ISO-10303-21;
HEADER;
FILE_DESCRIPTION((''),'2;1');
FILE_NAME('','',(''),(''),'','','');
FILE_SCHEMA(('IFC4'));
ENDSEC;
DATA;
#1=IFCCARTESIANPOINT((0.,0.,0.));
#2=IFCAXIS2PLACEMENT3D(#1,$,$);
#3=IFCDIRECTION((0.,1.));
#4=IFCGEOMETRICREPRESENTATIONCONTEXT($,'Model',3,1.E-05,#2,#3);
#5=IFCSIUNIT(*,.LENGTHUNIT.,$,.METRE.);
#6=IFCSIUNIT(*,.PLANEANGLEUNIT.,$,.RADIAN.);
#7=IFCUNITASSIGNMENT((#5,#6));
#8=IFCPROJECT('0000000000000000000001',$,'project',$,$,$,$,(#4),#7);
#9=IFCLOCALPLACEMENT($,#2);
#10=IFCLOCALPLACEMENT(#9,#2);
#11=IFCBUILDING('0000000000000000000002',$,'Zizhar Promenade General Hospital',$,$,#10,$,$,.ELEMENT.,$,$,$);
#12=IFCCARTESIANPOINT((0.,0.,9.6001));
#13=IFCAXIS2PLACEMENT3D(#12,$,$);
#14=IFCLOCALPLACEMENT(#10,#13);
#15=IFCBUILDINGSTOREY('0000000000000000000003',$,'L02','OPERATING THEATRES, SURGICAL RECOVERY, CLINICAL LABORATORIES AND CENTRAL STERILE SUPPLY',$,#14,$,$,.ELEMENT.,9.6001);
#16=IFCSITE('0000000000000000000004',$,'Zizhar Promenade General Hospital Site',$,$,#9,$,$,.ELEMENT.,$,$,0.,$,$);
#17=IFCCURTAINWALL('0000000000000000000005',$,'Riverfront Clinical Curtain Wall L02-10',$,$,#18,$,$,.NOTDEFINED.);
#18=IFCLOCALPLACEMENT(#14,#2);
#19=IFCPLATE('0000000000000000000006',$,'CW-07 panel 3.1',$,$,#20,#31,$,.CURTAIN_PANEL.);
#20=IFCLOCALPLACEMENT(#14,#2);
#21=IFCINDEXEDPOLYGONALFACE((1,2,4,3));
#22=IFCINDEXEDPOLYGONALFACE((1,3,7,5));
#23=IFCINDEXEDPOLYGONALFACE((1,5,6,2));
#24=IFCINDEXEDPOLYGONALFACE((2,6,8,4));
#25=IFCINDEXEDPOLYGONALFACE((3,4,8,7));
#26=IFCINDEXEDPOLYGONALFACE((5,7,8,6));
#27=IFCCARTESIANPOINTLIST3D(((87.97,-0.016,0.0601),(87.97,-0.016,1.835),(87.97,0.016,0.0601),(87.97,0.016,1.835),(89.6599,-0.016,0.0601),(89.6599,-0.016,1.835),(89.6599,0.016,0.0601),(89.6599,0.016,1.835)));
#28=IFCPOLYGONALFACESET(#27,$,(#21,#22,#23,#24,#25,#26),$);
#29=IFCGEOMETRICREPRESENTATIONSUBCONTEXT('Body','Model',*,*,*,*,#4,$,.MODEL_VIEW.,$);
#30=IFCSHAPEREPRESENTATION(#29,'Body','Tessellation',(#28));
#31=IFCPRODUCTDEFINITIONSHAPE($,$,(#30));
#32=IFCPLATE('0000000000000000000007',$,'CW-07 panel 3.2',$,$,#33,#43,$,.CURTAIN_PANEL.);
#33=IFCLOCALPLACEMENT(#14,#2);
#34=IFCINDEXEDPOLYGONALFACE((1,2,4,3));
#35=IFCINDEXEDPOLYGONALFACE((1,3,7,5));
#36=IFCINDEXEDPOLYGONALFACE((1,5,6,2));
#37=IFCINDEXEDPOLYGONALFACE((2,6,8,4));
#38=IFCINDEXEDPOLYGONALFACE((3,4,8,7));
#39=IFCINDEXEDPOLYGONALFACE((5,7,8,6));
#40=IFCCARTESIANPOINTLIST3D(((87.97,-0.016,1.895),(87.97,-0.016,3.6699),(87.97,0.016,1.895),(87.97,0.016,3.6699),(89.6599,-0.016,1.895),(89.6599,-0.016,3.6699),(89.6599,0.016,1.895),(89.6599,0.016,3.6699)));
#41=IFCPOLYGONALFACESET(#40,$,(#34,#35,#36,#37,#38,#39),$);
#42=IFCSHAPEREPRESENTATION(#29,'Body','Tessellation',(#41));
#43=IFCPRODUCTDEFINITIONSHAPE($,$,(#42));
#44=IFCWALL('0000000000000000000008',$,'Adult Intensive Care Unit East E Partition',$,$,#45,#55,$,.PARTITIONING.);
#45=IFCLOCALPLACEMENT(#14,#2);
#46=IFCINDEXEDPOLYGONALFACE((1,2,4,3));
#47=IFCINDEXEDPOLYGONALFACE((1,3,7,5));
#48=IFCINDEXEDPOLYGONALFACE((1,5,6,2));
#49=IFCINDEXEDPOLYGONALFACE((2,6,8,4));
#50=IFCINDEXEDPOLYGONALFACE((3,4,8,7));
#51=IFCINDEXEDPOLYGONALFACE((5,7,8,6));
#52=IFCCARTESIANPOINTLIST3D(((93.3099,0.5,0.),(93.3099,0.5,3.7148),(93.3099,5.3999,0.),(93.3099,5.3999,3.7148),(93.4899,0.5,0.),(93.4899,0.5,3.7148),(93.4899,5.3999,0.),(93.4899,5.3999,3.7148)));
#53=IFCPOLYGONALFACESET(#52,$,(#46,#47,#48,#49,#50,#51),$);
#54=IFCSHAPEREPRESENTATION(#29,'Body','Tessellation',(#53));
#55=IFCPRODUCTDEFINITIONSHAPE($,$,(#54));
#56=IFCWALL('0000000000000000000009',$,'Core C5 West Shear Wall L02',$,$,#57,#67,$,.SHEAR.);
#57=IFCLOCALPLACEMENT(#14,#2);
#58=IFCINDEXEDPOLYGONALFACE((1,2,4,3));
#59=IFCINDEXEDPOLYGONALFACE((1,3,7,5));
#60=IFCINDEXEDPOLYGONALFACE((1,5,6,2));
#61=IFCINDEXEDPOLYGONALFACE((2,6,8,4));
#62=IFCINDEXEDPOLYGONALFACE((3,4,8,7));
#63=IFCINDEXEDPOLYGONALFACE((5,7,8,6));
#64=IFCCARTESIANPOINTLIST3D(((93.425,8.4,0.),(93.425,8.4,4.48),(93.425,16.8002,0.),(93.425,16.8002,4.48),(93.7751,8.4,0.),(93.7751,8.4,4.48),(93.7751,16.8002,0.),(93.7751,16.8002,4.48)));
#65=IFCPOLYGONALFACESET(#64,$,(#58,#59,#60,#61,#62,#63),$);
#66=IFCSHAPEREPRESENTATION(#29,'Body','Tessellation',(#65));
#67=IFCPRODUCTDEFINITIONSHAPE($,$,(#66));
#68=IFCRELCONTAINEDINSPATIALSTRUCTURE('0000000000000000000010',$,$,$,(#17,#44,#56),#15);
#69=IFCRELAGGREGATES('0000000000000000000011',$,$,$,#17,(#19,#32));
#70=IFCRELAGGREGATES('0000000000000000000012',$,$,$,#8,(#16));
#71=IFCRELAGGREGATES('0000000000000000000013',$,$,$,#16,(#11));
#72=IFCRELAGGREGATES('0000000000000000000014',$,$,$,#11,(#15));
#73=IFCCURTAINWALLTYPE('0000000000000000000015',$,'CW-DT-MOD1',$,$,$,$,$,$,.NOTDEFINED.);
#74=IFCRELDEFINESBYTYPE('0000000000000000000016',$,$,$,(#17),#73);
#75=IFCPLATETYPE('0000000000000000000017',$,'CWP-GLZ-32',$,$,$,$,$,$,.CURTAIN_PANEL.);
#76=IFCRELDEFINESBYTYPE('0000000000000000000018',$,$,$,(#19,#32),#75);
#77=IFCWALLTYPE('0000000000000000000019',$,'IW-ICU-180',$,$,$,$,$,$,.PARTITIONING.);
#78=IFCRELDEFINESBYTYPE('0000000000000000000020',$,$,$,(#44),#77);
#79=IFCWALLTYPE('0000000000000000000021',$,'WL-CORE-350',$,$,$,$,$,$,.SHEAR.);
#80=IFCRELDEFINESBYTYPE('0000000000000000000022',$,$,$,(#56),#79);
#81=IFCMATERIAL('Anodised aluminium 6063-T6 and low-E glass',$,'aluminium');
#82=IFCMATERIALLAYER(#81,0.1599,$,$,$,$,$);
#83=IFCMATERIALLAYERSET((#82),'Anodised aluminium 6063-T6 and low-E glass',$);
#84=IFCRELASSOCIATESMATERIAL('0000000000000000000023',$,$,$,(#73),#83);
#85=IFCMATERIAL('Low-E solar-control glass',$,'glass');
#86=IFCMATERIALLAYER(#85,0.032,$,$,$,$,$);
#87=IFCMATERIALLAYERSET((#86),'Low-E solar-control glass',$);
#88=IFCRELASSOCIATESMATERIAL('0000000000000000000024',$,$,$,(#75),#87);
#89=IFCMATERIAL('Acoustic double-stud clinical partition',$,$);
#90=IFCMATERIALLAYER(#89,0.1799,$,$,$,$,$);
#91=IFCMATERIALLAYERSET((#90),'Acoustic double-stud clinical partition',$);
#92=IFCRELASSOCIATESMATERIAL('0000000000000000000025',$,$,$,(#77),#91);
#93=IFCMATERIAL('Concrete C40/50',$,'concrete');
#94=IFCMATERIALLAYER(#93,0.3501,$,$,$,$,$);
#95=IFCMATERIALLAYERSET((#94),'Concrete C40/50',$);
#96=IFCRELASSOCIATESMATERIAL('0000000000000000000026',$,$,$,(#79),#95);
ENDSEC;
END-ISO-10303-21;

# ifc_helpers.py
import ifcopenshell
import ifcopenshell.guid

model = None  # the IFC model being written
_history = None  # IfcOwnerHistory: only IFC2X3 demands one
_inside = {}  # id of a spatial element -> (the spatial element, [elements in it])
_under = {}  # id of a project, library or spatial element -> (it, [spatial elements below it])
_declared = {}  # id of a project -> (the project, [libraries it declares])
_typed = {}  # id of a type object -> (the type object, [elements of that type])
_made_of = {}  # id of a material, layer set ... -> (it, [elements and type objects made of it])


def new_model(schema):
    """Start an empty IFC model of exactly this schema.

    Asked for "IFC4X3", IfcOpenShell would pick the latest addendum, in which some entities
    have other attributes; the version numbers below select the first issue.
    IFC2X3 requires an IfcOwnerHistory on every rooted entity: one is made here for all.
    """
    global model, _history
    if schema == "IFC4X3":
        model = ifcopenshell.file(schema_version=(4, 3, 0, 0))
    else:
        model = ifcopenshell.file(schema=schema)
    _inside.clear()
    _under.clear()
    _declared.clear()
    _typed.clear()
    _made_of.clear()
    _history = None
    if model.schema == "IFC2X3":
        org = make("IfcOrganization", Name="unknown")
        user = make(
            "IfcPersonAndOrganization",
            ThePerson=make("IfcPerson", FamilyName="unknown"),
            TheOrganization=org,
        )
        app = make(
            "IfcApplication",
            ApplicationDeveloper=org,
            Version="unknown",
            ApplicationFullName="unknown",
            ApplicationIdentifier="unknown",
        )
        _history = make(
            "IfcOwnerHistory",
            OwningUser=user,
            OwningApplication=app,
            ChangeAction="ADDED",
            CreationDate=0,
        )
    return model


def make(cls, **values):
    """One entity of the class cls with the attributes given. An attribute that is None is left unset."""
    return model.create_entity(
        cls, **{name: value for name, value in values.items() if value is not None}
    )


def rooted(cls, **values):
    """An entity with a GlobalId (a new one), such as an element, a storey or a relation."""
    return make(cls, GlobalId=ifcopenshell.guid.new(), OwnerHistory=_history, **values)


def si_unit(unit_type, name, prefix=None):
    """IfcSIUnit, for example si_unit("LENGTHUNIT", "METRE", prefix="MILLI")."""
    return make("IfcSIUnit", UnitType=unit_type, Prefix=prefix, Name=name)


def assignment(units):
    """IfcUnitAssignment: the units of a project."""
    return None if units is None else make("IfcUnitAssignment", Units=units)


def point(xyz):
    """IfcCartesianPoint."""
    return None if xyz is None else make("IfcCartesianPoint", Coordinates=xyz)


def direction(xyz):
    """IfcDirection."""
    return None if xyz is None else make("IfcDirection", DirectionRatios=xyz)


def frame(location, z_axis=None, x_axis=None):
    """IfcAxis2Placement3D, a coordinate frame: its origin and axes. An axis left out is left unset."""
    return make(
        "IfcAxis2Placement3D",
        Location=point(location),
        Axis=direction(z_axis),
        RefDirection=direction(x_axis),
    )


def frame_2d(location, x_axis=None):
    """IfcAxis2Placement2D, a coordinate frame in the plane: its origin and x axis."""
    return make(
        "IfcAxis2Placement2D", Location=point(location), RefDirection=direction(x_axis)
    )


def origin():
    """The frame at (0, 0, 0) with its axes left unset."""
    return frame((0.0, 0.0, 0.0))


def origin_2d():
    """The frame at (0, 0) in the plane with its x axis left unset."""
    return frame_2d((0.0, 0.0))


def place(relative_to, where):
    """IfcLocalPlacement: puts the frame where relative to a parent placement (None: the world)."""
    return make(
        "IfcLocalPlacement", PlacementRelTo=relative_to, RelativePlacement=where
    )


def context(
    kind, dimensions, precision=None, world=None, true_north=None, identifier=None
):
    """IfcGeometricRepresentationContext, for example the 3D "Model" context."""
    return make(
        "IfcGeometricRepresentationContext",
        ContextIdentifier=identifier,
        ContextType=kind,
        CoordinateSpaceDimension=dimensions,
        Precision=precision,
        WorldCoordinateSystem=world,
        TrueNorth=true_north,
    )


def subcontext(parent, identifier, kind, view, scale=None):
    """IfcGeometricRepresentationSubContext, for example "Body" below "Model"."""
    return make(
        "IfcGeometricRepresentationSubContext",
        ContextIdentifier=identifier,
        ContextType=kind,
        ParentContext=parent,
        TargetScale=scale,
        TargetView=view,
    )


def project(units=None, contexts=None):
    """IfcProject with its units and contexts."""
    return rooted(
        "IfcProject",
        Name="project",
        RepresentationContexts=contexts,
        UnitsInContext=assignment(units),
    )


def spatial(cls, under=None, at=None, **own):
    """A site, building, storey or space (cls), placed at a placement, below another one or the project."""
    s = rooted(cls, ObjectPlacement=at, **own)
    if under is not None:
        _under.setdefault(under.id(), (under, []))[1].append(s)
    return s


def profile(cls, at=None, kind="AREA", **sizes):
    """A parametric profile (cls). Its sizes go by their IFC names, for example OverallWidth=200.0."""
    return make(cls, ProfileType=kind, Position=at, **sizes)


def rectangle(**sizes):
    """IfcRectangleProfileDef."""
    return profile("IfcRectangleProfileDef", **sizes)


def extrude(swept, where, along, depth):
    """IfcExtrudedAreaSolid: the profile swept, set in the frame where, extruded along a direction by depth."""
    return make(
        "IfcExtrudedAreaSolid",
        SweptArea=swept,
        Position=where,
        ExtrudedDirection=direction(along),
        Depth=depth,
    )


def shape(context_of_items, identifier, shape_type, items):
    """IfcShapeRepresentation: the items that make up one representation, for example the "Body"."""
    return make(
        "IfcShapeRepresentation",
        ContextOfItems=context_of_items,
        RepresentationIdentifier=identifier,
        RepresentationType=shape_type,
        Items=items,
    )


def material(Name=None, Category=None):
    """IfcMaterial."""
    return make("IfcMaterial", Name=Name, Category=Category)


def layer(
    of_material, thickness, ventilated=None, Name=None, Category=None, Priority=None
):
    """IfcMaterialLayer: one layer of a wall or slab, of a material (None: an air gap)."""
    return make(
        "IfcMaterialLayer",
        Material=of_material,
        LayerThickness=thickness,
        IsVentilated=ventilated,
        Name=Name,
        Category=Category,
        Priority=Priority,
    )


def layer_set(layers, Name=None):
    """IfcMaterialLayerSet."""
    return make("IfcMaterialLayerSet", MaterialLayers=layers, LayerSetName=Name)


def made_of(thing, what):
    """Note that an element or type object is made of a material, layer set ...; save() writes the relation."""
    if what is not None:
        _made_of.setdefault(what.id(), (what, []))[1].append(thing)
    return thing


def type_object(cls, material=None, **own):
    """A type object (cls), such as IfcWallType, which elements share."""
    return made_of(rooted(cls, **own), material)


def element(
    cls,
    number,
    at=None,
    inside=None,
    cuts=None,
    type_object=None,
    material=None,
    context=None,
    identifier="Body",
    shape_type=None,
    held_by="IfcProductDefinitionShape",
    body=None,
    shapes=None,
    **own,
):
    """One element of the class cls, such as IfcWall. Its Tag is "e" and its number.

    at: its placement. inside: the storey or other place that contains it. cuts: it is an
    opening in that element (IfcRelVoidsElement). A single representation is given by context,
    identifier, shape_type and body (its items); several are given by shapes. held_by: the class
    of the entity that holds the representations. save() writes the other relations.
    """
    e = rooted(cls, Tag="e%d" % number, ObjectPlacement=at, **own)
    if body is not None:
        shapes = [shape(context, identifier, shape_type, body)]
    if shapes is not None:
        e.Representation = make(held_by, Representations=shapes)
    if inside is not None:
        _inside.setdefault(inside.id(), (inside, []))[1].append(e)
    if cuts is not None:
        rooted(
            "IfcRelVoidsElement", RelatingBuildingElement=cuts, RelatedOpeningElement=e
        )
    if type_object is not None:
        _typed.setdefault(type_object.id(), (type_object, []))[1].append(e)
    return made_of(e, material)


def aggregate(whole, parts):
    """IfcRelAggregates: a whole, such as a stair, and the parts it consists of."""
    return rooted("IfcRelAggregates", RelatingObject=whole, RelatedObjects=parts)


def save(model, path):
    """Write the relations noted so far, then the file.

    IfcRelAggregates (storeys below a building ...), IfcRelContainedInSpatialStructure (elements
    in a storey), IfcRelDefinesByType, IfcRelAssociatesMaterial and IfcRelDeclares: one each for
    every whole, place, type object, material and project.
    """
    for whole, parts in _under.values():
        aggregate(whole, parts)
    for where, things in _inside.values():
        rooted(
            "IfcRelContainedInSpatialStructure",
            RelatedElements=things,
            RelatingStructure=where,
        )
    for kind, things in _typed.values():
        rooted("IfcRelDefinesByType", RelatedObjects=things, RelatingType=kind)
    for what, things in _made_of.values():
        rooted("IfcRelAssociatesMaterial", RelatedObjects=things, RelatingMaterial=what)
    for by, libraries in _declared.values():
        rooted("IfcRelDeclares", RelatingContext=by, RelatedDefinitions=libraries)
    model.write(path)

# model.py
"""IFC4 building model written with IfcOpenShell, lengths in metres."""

from ifc_helpers import new_model, si_unit, direction, frame, frame_2d, origin, origin_2d, place, context, subcontext, project, spatial, rectangle, extrude, material, layer, layer_set, type_object, element, aggregate, save


model = new_model("IFC4")

# Units and contexts
model_context = context("Model", 3, precision=1e-05, world=origin(), true_north=direction((0.0, 1.0)))
body_context = subcontext(model_context, "Body", "Model", "MODEL_VIEW")
ifc_project = project(units=[si_unit("LENGTHUNIT", "METRE"), si_unit("PLANEANGLEUNIT", "RADIAN")], contexts=[model_context])

# Site, building, storey
site_placement = place(None, origin())
site = spatial("IfcSite", under=ifc_project, at=site_placement, Name="Zizhar Promenade General Hospital Site", CompositionType="ELEMENT", RefElevation=0.0)
building_placement = place(site_placement, origin())
building = spatial("IfcBuilding", under=site, at=building_placement, Name="Zizhar Promenade General Hospital", CompositionType="ELEMENT")
storey_placement = place(building_placement, frame((0.0, 0.0, 9.6001)))
storey = spatial("IfcBuildingStorey", under=building, at=storey_placement, Name="L02", Description="OPERATING THEATRES, SURGICAL RECOVERY, CLINICAL LABORATORIES AND CENTRAL STERILE SUPPLY", CompositionType="ELEMENT", Elevation=9.6001)

# Curtain wall, plates
ifc_material_1 = material(Name="Anodised aluminium 6063-T6 and low-E glass", Category="aluminium")
ifc_layer_1 = layer(ifc_material_1, 0.1599)
ifc_layer_set_1 = layer_set([ifc_layer_1], Name="Anodised aluminium 6063-T6 and low-E glass")
curtain_wall_type = type_object("IfcCurtainWallType", Name="CW-DT-MOD1", PredefinedType="NOTDEFINED", material=ifc_layer_set_1)
curtain_wall_placement = place(storey_placement, origin())
curtain_wall = element("IfcCurtainWall", 1, at=curtain_wall_placement, inside=storey, type_object=curtain_wall_type, Name="Riverfront Clinical Curtain Wall L02-10", PredefinedType="NOTDEFINED")
ifc_material_2 = material(Name="Low-E solar-control glass", Category="glass")
ifc_layer_2 = layer(ifc_material_2, 0.032)
ifc_layer_set_2 = layer_set([ifc_layer_2], Name="Low-E solar-control glass")
plate_type = type_object("IfcPlateType", Name="CWP-GLZ-32", PredefinedType="CURTAIN_PANEL", material=ifc_layer_set_2)
plate_1_placement = place(storey_placement, frame((88.8149, 0.0, 0.0601), z_axis=(0.0, 0.0, 1.0), x_axis=(-1.0, 0.0, 0.0)))
plate_1 = element("IfcPlate", 2, at=plate_1_placement, type_object=plate_type, Name="CW-07 panel 3.1", PredefinedType="CURTAIN_PANEL", context=body_context, shape_type="SweptSolid", body=[
    extrude(rectangle(XDim=1.6899, YDim=0.032, at=origin_2d()), origin(), (0.0, 0.0, 1.0), 1.7749),
])
plate_2_placement = place(storey_placement, frame((88.8149, 0.0, 1.895), z_axis=(0.0, 0.0, 1.0), x_axis=(-1.0, 0.0, 0.0)))
plate_2 = element("IfcPlate", 3, at=plate_2_placement, type_object=plate_type, Name="CW-07 panel 3.2", PredefinedType="CURTAIN_PANEL", context=body_context, shape_type="SweptSolid", body=[
    extrude(rectangle(XDim=1.6899, YDim=0.032, at=origin_2d()), origin(), (0.0, 0.0, 1.0), 1.7749),
])
aggregate(curtain_wall, [plate_1, plate_2])

# Walls
ifc_material_3 = material(Name="Acoustic double-stud clinical partition")
ifc_layer_3 = layer(ifc_material_3, 0.1799)
ifc_layer_set_3 = layer_set([ifc_layer_3], Name="Acoustic double-stud clinical partition")
wall_type_1 = type_object("IfcWallType", Name="IW-ICU-180", PredefinedType="PARTITIONING", material=ifc_layer_set_3)
wall_1_placement = place(storey_placement, frame((93.3999, 0.5, 0.0), z_axis=(0.0, 0.0, 1.0), x_axis=(0.0, 1.0, 0.0)))
element("IfcWall", 4, at=wall_1_placement, inside=storey, type_object=wall_type_1, Name="Adult Intensive Care Unit East E Partition", PredefinedType="PARTITIONING", context=body_context, shape_type="SweptSolid", body=[
    extrude(rectangle(XDim=4.8999, YDim=0.1799, at=frame_2d((2.45, 0.0))), origin(), (0.0, 0.0, 1.0), 3.7148),
])
ifc_material_4 = material(Name="Concrete C40/50", Category="concrete")
ifc_layer_4 = layer(ifc_material_4, 0.3501)
ifc_layer_set_4 = layer_set([ifc_layer_4], Name="Concrete C40/50")
wall_type_2 = type_object("IfcWallType", Name="WL-CORE-350", PredefinedType="SHEAR", material=ifc_layer_set_4)
wall_2_placement = place(storey_placement, frame((93.6001, 8.3999, 0.0), z_axis=(0.0, 0.0, 1.0), x_axis=(0.0, 1.0, 0.0)))
element("IfcWall", 5, at=wall_2_placement, inside=storey, type_object=wall_type_2, Name="Core C5 West Shear Wall L02", PredefinedType="SHEAR", context=body_context, shape_type="SweptSolid", body=[
    extrude(rectangle(XDim=8.4001, YDim=0.3501, at=frame_2d((4.2002, 0.0))), origin(), (0.0, 0.0, 1.0), 4.48),
])

save(model, "model.ifc")
